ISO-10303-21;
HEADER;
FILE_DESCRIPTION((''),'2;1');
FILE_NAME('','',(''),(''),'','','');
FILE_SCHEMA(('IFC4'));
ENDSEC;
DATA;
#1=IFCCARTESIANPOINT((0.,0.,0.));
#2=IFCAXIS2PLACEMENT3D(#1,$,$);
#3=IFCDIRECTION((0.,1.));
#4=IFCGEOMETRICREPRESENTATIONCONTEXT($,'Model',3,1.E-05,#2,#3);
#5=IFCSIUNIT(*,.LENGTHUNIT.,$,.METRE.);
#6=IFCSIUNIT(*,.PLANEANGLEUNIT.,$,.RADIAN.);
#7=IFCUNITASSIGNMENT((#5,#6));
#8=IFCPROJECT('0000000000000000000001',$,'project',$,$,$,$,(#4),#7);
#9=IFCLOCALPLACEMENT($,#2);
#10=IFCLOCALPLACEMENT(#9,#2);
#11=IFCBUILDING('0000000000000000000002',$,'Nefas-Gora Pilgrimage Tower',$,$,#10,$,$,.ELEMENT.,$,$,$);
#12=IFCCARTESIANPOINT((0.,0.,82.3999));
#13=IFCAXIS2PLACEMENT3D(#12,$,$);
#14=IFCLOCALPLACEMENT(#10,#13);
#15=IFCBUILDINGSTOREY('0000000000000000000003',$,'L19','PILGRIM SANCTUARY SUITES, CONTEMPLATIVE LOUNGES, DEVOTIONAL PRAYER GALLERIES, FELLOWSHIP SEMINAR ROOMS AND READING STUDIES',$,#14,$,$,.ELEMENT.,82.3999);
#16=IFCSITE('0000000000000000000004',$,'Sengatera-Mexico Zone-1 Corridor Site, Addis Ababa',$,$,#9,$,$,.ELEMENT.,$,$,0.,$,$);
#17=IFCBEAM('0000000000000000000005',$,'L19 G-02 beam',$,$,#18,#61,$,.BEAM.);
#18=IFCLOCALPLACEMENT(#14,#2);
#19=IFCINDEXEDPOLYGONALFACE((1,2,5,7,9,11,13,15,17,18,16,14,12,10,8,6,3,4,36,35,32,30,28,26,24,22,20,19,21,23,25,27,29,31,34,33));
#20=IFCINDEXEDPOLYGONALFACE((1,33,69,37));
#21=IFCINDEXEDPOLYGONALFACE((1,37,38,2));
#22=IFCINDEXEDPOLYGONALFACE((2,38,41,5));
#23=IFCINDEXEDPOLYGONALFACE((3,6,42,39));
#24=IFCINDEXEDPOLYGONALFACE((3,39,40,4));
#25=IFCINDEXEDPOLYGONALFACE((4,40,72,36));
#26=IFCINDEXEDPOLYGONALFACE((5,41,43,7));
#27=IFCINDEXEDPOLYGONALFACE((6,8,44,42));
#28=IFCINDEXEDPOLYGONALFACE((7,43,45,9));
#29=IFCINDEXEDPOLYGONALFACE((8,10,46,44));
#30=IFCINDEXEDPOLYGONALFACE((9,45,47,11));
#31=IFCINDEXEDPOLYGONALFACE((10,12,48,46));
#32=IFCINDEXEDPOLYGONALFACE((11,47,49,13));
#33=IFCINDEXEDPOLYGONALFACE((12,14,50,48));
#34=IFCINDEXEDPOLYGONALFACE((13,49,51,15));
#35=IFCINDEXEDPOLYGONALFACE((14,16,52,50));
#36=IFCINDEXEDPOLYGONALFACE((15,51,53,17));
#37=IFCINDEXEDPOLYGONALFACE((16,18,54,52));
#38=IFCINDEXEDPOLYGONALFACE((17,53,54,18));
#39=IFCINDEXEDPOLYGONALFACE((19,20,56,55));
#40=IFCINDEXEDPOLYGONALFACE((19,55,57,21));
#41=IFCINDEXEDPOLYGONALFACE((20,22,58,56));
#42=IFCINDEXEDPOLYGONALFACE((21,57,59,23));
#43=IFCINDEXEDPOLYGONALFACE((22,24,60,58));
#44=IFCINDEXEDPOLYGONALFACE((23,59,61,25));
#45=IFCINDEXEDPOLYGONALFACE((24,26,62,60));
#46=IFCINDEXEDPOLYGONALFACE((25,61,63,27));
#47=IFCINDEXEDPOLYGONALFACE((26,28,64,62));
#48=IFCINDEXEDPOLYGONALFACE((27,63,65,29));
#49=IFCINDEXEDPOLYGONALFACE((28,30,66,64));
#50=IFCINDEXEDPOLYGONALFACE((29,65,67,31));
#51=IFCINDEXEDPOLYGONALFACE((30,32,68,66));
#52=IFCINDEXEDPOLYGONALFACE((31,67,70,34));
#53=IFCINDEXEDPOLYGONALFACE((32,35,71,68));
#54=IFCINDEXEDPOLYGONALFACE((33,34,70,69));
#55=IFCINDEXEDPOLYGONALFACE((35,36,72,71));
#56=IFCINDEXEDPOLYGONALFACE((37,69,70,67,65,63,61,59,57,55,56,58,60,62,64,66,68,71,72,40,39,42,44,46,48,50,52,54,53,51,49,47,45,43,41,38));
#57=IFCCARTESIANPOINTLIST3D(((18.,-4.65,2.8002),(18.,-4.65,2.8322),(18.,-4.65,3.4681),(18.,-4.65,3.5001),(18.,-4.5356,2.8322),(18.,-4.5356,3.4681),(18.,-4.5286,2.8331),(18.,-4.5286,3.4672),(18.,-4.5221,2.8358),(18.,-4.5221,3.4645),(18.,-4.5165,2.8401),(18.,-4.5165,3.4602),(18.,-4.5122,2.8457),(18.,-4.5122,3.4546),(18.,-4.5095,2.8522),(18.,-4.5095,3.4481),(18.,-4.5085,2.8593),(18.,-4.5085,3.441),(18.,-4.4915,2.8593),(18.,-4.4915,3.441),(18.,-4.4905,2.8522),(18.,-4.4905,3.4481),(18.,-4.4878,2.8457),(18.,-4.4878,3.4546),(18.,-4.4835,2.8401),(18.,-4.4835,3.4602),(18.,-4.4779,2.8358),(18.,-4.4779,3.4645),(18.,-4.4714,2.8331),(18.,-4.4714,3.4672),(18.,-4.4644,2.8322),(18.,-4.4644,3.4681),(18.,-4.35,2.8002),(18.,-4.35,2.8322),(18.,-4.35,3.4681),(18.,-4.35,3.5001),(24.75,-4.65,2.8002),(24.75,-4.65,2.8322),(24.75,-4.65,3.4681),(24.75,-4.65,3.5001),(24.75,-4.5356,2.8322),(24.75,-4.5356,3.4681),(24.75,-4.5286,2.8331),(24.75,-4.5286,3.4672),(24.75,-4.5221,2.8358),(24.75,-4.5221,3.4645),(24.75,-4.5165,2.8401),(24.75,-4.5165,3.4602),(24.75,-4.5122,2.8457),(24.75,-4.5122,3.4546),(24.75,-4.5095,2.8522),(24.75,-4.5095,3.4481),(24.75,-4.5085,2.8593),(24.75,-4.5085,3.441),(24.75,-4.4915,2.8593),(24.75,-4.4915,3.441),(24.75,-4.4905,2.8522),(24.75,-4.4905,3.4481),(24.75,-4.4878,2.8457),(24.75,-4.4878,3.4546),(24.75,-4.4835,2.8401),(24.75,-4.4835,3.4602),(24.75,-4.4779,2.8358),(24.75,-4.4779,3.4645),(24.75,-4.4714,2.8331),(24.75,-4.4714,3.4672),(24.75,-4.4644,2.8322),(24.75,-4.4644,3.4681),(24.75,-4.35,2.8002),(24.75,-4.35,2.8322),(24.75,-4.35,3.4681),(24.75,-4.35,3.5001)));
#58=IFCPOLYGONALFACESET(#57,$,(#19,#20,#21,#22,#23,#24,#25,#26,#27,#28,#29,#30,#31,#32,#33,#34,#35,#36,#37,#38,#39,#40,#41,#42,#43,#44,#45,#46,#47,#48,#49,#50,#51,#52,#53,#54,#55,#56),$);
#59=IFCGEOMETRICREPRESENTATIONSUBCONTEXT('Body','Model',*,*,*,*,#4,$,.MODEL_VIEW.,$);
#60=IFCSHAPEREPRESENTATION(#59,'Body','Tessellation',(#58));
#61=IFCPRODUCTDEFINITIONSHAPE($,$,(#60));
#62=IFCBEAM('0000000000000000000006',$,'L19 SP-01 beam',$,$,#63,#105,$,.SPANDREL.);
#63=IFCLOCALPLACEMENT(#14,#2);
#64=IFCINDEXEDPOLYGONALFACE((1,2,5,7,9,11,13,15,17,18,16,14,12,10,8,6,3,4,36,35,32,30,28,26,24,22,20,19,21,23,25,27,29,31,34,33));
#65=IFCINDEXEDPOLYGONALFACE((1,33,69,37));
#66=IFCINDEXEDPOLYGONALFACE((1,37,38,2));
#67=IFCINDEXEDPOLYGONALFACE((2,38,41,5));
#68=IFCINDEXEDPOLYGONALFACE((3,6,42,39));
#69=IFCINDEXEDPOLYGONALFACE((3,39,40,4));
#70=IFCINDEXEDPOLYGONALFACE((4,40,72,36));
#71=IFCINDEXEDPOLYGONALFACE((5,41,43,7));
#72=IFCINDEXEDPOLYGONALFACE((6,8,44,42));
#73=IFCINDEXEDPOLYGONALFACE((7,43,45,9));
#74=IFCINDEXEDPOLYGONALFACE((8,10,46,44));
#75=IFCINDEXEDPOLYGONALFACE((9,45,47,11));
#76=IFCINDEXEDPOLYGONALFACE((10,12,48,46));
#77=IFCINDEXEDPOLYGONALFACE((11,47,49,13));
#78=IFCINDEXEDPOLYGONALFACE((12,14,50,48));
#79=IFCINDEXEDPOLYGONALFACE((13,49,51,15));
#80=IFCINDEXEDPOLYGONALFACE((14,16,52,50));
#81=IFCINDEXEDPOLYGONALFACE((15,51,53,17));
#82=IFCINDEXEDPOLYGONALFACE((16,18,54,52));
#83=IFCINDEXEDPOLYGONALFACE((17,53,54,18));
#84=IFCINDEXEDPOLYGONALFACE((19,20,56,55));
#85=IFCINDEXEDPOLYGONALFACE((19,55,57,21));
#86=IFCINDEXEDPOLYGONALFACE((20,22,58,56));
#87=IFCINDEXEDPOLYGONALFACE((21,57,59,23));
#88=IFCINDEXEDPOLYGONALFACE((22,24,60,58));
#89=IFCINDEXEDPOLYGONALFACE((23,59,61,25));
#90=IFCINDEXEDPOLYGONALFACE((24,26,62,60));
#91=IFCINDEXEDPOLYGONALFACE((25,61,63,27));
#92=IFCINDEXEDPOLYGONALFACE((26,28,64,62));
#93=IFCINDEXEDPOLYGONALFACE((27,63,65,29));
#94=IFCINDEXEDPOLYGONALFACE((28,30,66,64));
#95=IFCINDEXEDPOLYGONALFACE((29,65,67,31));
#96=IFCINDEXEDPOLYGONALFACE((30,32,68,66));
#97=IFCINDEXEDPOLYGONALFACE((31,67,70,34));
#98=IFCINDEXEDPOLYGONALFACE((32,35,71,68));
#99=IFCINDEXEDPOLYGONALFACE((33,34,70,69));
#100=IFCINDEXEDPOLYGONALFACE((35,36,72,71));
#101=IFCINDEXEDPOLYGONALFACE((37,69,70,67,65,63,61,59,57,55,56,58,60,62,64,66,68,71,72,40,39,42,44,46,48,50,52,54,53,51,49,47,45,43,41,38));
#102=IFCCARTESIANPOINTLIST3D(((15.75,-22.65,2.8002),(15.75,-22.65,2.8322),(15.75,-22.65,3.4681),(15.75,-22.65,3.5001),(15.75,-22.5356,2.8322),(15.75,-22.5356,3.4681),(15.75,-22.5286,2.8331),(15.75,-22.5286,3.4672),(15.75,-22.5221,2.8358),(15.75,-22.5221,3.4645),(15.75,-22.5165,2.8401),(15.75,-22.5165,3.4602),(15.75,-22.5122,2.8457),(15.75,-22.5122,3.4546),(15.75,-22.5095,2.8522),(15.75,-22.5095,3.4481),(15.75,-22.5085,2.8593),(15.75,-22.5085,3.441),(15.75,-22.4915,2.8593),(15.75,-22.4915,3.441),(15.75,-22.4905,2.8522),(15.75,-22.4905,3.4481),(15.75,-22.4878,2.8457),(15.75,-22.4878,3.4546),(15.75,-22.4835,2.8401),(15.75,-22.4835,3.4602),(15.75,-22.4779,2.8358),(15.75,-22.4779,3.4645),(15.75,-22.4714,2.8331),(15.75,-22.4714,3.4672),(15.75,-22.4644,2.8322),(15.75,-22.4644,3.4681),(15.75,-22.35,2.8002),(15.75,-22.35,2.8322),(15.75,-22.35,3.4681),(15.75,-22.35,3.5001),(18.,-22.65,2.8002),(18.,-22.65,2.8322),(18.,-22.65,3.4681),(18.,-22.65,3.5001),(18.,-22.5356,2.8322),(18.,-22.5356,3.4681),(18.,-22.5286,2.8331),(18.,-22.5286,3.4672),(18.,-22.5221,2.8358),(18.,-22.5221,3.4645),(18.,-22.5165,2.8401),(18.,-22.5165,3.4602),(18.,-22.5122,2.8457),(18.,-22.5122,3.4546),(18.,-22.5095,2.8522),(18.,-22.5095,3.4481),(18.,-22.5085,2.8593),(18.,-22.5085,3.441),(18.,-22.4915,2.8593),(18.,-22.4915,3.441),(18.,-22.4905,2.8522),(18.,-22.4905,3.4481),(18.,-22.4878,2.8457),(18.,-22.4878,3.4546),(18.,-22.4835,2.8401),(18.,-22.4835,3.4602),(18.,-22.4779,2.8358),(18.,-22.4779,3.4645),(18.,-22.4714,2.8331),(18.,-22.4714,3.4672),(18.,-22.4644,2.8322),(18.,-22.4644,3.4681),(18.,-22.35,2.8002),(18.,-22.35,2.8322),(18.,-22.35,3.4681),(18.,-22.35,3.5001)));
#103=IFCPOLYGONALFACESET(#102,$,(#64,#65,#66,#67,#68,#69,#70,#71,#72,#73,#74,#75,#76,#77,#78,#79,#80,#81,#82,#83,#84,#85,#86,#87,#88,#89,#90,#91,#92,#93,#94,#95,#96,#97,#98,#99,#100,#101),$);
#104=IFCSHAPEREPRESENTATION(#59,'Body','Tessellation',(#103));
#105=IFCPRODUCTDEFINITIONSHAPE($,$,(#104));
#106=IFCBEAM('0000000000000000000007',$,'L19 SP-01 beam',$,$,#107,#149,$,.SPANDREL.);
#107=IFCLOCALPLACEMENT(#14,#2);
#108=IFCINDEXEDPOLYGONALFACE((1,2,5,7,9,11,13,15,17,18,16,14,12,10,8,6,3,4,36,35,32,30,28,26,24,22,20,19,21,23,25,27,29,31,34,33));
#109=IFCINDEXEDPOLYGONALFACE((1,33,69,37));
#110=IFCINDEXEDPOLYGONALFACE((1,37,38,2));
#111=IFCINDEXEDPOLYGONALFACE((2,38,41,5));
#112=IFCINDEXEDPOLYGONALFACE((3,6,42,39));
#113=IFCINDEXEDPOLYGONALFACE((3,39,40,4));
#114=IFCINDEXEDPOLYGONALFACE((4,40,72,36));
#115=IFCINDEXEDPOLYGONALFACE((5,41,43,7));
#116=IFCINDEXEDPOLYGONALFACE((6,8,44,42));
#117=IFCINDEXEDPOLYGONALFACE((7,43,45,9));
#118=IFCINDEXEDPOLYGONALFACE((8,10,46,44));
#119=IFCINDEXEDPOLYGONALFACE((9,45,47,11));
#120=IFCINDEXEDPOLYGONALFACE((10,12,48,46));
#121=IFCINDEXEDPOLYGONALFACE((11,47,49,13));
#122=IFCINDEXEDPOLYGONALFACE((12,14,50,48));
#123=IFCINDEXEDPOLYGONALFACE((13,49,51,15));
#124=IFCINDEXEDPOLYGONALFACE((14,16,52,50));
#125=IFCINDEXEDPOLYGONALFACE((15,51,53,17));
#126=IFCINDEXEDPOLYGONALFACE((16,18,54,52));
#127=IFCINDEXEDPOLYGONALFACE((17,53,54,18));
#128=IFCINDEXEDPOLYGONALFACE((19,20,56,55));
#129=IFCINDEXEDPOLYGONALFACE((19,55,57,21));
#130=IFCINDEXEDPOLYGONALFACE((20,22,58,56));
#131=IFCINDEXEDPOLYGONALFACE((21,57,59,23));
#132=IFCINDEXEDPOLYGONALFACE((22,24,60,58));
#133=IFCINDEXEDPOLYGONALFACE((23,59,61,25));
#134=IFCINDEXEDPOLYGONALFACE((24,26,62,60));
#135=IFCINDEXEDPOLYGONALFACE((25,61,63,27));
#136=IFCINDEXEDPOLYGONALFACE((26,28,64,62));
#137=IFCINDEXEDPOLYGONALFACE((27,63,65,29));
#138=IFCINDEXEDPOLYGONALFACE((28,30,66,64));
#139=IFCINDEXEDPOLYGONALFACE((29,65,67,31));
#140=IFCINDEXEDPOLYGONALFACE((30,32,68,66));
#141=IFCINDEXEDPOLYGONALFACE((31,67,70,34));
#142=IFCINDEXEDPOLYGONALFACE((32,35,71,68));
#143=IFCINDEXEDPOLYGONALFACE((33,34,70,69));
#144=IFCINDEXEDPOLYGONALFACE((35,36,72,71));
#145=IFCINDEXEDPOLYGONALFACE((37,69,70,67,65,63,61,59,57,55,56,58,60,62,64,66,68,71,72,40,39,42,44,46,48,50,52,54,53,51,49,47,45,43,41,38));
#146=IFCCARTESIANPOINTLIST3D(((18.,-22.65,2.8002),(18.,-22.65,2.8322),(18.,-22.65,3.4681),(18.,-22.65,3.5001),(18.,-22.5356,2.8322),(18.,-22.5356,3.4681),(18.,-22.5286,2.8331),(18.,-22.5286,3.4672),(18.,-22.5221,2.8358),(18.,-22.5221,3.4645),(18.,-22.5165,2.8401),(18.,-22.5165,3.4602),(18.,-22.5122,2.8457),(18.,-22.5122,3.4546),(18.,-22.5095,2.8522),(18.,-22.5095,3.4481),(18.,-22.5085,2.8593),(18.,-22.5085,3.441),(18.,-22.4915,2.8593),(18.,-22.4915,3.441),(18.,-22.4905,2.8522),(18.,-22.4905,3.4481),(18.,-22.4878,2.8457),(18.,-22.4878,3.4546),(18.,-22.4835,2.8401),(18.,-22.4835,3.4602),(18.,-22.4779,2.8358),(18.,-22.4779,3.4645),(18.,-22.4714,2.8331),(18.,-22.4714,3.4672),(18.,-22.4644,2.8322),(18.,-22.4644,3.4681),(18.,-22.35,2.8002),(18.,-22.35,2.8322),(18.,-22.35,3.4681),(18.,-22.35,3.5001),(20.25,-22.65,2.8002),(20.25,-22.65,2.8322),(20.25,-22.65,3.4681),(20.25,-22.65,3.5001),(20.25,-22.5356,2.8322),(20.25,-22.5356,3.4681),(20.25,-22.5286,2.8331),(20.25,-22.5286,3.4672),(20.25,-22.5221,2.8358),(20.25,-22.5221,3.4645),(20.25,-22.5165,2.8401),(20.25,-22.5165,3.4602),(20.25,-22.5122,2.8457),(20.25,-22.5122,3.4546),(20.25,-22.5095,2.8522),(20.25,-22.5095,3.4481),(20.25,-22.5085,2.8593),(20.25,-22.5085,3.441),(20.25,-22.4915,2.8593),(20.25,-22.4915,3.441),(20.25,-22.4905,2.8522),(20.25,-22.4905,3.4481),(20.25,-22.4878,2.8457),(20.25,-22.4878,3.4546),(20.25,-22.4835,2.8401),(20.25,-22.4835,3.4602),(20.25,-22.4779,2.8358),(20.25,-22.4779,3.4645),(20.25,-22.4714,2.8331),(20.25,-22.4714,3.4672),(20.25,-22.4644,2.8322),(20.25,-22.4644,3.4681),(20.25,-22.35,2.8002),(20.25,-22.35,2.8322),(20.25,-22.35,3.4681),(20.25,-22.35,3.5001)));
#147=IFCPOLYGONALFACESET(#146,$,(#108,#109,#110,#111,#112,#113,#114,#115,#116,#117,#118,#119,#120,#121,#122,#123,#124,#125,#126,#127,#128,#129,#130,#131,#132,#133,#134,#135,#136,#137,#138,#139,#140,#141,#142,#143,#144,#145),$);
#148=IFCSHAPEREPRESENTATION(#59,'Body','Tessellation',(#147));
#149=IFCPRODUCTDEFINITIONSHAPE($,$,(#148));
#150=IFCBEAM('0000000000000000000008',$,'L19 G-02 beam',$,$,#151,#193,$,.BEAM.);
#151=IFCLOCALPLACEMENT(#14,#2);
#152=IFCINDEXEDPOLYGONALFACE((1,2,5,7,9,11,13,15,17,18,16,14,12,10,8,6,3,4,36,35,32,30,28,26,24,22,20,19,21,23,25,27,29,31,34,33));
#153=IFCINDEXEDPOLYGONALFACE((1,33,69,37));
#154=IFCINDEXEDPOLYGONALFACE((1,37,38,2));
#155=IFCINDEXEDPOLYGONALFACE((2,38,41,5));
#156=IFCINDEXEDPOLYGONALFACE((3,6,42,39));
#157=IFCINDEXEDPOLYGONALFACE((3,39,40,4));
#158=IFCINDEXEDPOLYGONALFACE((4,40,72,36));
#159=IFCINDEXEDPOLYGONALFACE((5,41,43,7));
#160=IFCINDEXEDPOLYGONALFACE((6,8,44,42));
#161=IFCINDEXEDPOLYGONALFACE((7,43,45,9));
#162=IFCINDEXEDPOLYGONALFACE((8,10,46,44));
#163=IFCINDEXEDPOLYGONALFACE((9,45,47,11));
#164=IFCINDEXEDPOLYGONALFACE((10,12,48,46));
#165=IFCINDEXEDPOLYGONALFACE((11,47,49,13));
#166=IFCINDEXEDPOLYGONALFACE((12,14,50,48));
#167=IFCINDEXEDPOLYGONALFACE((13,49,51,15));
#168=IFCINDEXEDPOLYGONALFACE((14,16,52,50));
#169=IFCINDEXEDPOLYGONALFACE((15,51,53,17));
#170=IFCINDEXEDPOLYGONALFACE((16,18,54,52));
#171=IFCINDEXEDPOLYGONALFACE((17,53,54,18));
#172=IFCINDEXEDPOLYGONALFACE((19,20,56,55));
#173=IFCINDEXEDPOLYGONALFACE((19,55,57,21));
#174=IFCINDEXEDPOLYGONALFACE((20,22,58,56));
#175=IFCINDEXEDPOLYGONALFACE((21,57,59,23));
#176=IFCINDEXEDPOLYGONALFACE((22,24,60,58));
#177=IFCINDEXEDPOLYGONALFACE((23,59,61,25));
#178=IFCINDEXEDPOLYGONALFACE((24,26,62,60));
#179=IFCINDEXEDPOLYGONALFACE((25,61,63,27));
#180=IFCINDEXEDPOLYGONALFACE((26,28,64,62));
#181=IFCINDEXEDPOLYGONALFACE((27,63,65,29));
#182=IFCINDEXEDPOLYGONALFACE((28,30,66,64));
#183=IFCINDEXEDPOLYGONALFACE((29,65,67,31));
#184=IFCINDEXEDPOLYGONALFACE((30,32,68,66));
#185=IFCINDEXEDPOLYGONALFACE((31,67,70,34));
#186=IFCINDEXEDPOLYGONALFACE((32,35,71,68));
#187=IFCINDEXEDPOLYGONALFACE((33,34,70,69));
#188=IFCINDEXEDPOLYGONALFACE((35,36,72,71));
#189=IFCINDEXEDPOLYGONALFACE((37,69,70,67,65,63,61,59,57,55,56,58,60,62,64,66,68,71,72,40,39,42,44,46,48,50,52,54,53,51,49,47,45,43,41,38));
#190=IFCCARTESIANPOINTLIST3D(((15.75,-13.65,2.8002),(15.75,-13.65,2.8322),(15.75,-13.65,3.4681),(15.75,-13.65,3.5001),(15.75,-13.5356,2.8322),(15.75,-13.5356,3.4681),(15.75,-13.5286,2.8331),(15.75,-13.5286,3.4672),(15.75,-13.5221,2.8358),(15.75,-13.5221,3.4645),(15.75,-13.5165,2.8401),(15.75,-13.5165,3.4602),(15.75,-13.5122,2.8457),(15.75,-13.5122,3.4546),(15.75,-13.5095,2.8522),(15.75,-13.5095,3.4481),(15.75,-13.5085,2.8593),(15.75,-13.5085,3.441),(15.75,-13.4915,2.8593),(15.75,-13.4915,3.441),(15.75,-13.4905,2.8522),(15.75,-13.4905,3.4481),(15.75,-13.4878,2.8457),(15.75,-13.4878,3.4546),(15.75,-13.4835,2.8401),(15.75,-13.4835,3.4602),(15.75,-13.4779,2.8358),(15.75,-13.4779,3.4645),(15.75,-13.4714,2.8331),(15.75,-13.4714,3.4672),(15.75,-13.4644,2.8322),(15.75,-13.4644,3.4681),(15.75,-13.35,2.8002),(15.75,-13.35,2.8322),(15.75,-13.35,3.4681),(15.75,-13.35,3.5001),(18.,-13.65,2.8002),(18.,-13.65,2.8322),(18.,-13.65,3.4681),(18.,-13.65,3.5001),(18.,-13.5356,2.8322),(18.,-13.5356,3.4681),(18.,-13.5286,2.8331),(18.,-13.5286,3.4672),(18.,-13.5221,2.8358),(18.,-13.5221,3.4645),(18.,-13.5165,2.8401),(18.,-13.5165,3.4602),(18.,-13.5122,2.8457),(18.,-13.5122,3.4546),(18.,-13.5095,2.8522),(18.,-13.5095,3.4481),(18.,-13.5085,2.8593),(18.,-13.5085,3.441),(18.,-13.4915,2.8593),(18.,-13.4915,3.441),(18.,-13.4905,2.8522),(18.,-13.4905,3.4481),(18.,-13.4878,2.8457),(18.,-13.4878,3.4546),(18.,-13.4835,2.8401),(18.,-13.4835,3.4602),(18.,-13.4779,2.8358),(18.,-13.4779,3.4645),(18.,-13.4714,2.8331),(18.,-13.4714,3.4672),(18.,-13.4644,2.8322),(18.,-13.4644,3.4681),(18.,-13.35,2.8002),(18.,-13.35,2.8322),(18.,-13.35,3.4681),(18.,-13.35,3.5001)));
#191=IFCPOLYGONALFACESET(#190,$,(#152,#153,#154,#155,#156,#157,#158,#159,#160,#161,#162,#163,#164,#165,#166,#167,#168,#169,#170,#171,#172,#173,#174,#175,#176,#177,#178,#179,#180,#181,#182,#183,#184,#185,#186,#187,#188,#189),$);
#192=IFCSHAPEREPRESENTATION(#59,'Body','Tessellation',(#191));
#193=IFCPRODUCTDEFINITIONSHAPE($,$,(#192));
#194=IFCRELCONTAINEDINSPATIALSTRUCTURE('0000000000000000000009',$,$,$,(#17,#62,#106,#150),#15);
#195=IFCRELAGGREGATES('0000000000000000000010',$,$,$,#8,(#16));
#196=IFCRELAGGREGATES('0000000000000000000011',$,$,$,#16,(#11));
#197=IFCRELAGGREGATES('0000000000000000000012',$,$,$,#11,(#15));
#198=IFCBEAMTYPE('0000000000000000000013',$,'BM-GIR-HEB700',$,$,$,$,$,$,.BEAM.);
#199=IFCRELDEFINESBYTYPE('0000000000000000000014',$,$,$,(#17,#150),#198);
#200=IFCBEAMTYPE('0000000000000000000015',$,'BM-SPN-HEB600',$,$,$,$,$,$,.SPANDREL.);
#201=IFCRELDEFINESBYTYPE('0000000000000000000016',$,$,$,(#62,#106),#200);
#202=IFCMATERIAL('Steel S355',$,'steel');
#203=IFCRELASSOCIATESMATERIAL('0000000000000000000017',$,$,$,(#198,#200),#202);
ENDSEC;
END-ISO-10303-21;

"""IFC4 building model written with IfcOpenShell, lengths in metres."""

from ifc_helpers import new_model, si_unit, direction, frame, origin, origin_2d, place, context, subcontext, project, spatial, i_section, extrude, source, transform, mapped, material, material_profile, profile_set, type_object, element, save


model = new_model("IFC4")

# Units and contexts
model_context = context("Model", 3, precision=1e-05, world=origin(), true_north=direction((0.0, 1.0)))
body_context = subcontext(model_context, "Body", "Model", "MODEL_VIEW")
ifc_project = project(units=[si_unit("LENGTHUNIT", "METRE"), si_unit("PLANEANGLEUNIT", "RADIAN")], contexts=[model_context])

# Site, building, storey
site_placement = place(None, origin())
site = spatial("IfcSite", under=ifc_project, at=site_placement, Name="Sengatera-Mexico Zone-1 Corridor Site, Addis Ababa", CompositionType="ELEMENT", RefElevation=0.0)
building_placement = place(site_placement, origin())
building = spatial("IfcBuilding", under=site, at=building_placement, Name="Nefas-Gora Pilgrimage Tower", CompositionType="ELEMENT")
storey_placement = place(building_placement, frame((0.0, 0.0, 82.3999)))
storey = spatial("IfcBuildingStorey", under=building, at=storey_placement, Name="L19", Description="PILGRIM SANCTUARY SUITES, CONTEMPLATIVE LOUNGES, DEVOTIONAL PRAYER GALLERIES, FELLOWSHIP SEMINAR ROOMS AND READING STUDIES", CompositionType="ELEMENT", Elevation=82.3999)

# Beams
ifc_material_1 = material(Name="Steel S355", Category="steel")
ifc_material_profile_1 = material_profile(ifc_material_1, i_section(OverallWidth=0.3, OverallDepth=0.7, WebThickness=0.0171, FlangeThickness=0.032, FilletRadius=0.0271, at=origin_2d()), Name="HEB 700")
ifc_profile_set_1 = profile_set([ifc_material_profile_1], Name="Steel S355")
beam_type_1 = type_object("IfcBeamType", Name="BM-GIR-HEB700", PredefinedType="BEAM", material=ifc_profile_set_1)
shared_shape_1 = source(origin(), body_context, "Body", "SweptSolid", [
    extrude(i_section(OverallWidth=0.3, OverallDepth=0.7, WebThickness=0.0171, FlangeThickness=0.032, FilletRadius=0.0271, at=origin_2d()), origin(), (0.0, 0.0, 1.0), 6.75),
])
for number, where, z_axis, x_axis, name in (
    (1, (18.0, -4.5, 3.1501), (1.0, 0.0, 0.0), (0.0, 1.0, 0.0), "L19 G-02 beam"),
):
    element("IfcBeam", number, at=place(storey_placement, frame(where, z_axis=z_axis, x_axis=x_axis)), inside=storey, type_object=beam_type_1, Name=name, PredefinedType="BEAM", context=body_context, shape_type="MappedRepresentation", body=[
        mapped(shared_shape_1, transform((0.0, 0.0, 0.0), x_axis=(1.0, 0.0, 0.0), y_axis=(0.0, 1.0, 0.0), z_axis=(0.0, 0.0, 1.0), scale=1.0)),
    ])
ifc_material_profile_2 = material_profile(ifc_material_1, i_section(OverallWidth=0.3, OverallDepth=0.7, WebThickness=0.0171, FlangeThickness=0.032, FilletRadius=0.0271, at=origin_2d()), Name="HEB 700")
ifc_profile_set_2 = profile_set([ifc_material_profile_2], Name="Steel S355")
beam_type_2 = type_object("IfcBeamType", Name="BM-SPN-HEB600", PredefinedType="SPANDREL", material=ifc_profile_set_2)
shared_shape_2 = source(origin(), body_context, "Body", "SweptSolid", [
    extrude(i_section(OverallWidth=0.3, OverallDepth=0.7, WebThickness=0.0171, FlangeThickness=0.032, FilletRadius=0.0271, at=origin_2d()), origin(), (0.0, 0.0, 1.0), 2.25),
])
for number, where, z_axis, x_axis, name in (
    (2, (15.75, -22.5, 3.1501), (1.0, 0.0, 0.0), (0.0, 1.0, 0.0), "L19 SP-01 beam"),
    (3, (18.0, -22.5, 3.1501), (1.0, 0.0, 0.0), (0.0, 1.0, 0.0), "L19 SP-01 beam"),
):
    element("IfcBeam", number, at=place(storey_placement, frame(where, z_axis=z_axis, x_axis=x_axis)), inside=storey, type_object=beam_type_2, Name=name, PredefinedType="SPANDREL", context=body_context, shape_type="MappedRepresentation", body=[
        mapped(shared_shape_2, transform((0.0, 0.0, 0.0), x_axis=(1.0, 0.0, 0.0), y_axis=(0.0, 1.0, 0.0), z_axis=(0.0, 0.0, 1.0), scale=1.0)),
    ])
shared_shape_3 = source(origin(), body_context, "Body", "SweptSolid", [
    extrude(i_section(OverallWidth=0.3, OverallDepth=0.7, WebThickness=0.0171, FlangeThickness=0.032, FilletRadius=0.0271, at=origin_2d()), origin(), (0.0, 0.0, 1.0), 2.25),
])
for number, where, z_axis, x_axis, name in (
    (4, (15.75, -13.5, 3.1501), (1.0, 0.0, 0.0), (0.0, 1.0, 0.0), "L19 G-02 beam"),
):
    element("IfcBeam", number, at=place(storey_placement, frame(where, z_axis=z_axis, x_axis=x_axis)), inside=storey, type_object=beam_type_1, Name=name, PredefinedType="BEAM", context=body_context, shape_type="MappedRepresentation", body=[
        mapped(shared_shape_3, transform((0.0, 0.0, 0.0), x_axis=(1.0, 0.0, 0.0), y_axis=(0.0, 1.0, 0.0), z_axis=(0.0, 0.0, 1.0), scale=1.0)),
    ])

save(model, "model.ifc")
